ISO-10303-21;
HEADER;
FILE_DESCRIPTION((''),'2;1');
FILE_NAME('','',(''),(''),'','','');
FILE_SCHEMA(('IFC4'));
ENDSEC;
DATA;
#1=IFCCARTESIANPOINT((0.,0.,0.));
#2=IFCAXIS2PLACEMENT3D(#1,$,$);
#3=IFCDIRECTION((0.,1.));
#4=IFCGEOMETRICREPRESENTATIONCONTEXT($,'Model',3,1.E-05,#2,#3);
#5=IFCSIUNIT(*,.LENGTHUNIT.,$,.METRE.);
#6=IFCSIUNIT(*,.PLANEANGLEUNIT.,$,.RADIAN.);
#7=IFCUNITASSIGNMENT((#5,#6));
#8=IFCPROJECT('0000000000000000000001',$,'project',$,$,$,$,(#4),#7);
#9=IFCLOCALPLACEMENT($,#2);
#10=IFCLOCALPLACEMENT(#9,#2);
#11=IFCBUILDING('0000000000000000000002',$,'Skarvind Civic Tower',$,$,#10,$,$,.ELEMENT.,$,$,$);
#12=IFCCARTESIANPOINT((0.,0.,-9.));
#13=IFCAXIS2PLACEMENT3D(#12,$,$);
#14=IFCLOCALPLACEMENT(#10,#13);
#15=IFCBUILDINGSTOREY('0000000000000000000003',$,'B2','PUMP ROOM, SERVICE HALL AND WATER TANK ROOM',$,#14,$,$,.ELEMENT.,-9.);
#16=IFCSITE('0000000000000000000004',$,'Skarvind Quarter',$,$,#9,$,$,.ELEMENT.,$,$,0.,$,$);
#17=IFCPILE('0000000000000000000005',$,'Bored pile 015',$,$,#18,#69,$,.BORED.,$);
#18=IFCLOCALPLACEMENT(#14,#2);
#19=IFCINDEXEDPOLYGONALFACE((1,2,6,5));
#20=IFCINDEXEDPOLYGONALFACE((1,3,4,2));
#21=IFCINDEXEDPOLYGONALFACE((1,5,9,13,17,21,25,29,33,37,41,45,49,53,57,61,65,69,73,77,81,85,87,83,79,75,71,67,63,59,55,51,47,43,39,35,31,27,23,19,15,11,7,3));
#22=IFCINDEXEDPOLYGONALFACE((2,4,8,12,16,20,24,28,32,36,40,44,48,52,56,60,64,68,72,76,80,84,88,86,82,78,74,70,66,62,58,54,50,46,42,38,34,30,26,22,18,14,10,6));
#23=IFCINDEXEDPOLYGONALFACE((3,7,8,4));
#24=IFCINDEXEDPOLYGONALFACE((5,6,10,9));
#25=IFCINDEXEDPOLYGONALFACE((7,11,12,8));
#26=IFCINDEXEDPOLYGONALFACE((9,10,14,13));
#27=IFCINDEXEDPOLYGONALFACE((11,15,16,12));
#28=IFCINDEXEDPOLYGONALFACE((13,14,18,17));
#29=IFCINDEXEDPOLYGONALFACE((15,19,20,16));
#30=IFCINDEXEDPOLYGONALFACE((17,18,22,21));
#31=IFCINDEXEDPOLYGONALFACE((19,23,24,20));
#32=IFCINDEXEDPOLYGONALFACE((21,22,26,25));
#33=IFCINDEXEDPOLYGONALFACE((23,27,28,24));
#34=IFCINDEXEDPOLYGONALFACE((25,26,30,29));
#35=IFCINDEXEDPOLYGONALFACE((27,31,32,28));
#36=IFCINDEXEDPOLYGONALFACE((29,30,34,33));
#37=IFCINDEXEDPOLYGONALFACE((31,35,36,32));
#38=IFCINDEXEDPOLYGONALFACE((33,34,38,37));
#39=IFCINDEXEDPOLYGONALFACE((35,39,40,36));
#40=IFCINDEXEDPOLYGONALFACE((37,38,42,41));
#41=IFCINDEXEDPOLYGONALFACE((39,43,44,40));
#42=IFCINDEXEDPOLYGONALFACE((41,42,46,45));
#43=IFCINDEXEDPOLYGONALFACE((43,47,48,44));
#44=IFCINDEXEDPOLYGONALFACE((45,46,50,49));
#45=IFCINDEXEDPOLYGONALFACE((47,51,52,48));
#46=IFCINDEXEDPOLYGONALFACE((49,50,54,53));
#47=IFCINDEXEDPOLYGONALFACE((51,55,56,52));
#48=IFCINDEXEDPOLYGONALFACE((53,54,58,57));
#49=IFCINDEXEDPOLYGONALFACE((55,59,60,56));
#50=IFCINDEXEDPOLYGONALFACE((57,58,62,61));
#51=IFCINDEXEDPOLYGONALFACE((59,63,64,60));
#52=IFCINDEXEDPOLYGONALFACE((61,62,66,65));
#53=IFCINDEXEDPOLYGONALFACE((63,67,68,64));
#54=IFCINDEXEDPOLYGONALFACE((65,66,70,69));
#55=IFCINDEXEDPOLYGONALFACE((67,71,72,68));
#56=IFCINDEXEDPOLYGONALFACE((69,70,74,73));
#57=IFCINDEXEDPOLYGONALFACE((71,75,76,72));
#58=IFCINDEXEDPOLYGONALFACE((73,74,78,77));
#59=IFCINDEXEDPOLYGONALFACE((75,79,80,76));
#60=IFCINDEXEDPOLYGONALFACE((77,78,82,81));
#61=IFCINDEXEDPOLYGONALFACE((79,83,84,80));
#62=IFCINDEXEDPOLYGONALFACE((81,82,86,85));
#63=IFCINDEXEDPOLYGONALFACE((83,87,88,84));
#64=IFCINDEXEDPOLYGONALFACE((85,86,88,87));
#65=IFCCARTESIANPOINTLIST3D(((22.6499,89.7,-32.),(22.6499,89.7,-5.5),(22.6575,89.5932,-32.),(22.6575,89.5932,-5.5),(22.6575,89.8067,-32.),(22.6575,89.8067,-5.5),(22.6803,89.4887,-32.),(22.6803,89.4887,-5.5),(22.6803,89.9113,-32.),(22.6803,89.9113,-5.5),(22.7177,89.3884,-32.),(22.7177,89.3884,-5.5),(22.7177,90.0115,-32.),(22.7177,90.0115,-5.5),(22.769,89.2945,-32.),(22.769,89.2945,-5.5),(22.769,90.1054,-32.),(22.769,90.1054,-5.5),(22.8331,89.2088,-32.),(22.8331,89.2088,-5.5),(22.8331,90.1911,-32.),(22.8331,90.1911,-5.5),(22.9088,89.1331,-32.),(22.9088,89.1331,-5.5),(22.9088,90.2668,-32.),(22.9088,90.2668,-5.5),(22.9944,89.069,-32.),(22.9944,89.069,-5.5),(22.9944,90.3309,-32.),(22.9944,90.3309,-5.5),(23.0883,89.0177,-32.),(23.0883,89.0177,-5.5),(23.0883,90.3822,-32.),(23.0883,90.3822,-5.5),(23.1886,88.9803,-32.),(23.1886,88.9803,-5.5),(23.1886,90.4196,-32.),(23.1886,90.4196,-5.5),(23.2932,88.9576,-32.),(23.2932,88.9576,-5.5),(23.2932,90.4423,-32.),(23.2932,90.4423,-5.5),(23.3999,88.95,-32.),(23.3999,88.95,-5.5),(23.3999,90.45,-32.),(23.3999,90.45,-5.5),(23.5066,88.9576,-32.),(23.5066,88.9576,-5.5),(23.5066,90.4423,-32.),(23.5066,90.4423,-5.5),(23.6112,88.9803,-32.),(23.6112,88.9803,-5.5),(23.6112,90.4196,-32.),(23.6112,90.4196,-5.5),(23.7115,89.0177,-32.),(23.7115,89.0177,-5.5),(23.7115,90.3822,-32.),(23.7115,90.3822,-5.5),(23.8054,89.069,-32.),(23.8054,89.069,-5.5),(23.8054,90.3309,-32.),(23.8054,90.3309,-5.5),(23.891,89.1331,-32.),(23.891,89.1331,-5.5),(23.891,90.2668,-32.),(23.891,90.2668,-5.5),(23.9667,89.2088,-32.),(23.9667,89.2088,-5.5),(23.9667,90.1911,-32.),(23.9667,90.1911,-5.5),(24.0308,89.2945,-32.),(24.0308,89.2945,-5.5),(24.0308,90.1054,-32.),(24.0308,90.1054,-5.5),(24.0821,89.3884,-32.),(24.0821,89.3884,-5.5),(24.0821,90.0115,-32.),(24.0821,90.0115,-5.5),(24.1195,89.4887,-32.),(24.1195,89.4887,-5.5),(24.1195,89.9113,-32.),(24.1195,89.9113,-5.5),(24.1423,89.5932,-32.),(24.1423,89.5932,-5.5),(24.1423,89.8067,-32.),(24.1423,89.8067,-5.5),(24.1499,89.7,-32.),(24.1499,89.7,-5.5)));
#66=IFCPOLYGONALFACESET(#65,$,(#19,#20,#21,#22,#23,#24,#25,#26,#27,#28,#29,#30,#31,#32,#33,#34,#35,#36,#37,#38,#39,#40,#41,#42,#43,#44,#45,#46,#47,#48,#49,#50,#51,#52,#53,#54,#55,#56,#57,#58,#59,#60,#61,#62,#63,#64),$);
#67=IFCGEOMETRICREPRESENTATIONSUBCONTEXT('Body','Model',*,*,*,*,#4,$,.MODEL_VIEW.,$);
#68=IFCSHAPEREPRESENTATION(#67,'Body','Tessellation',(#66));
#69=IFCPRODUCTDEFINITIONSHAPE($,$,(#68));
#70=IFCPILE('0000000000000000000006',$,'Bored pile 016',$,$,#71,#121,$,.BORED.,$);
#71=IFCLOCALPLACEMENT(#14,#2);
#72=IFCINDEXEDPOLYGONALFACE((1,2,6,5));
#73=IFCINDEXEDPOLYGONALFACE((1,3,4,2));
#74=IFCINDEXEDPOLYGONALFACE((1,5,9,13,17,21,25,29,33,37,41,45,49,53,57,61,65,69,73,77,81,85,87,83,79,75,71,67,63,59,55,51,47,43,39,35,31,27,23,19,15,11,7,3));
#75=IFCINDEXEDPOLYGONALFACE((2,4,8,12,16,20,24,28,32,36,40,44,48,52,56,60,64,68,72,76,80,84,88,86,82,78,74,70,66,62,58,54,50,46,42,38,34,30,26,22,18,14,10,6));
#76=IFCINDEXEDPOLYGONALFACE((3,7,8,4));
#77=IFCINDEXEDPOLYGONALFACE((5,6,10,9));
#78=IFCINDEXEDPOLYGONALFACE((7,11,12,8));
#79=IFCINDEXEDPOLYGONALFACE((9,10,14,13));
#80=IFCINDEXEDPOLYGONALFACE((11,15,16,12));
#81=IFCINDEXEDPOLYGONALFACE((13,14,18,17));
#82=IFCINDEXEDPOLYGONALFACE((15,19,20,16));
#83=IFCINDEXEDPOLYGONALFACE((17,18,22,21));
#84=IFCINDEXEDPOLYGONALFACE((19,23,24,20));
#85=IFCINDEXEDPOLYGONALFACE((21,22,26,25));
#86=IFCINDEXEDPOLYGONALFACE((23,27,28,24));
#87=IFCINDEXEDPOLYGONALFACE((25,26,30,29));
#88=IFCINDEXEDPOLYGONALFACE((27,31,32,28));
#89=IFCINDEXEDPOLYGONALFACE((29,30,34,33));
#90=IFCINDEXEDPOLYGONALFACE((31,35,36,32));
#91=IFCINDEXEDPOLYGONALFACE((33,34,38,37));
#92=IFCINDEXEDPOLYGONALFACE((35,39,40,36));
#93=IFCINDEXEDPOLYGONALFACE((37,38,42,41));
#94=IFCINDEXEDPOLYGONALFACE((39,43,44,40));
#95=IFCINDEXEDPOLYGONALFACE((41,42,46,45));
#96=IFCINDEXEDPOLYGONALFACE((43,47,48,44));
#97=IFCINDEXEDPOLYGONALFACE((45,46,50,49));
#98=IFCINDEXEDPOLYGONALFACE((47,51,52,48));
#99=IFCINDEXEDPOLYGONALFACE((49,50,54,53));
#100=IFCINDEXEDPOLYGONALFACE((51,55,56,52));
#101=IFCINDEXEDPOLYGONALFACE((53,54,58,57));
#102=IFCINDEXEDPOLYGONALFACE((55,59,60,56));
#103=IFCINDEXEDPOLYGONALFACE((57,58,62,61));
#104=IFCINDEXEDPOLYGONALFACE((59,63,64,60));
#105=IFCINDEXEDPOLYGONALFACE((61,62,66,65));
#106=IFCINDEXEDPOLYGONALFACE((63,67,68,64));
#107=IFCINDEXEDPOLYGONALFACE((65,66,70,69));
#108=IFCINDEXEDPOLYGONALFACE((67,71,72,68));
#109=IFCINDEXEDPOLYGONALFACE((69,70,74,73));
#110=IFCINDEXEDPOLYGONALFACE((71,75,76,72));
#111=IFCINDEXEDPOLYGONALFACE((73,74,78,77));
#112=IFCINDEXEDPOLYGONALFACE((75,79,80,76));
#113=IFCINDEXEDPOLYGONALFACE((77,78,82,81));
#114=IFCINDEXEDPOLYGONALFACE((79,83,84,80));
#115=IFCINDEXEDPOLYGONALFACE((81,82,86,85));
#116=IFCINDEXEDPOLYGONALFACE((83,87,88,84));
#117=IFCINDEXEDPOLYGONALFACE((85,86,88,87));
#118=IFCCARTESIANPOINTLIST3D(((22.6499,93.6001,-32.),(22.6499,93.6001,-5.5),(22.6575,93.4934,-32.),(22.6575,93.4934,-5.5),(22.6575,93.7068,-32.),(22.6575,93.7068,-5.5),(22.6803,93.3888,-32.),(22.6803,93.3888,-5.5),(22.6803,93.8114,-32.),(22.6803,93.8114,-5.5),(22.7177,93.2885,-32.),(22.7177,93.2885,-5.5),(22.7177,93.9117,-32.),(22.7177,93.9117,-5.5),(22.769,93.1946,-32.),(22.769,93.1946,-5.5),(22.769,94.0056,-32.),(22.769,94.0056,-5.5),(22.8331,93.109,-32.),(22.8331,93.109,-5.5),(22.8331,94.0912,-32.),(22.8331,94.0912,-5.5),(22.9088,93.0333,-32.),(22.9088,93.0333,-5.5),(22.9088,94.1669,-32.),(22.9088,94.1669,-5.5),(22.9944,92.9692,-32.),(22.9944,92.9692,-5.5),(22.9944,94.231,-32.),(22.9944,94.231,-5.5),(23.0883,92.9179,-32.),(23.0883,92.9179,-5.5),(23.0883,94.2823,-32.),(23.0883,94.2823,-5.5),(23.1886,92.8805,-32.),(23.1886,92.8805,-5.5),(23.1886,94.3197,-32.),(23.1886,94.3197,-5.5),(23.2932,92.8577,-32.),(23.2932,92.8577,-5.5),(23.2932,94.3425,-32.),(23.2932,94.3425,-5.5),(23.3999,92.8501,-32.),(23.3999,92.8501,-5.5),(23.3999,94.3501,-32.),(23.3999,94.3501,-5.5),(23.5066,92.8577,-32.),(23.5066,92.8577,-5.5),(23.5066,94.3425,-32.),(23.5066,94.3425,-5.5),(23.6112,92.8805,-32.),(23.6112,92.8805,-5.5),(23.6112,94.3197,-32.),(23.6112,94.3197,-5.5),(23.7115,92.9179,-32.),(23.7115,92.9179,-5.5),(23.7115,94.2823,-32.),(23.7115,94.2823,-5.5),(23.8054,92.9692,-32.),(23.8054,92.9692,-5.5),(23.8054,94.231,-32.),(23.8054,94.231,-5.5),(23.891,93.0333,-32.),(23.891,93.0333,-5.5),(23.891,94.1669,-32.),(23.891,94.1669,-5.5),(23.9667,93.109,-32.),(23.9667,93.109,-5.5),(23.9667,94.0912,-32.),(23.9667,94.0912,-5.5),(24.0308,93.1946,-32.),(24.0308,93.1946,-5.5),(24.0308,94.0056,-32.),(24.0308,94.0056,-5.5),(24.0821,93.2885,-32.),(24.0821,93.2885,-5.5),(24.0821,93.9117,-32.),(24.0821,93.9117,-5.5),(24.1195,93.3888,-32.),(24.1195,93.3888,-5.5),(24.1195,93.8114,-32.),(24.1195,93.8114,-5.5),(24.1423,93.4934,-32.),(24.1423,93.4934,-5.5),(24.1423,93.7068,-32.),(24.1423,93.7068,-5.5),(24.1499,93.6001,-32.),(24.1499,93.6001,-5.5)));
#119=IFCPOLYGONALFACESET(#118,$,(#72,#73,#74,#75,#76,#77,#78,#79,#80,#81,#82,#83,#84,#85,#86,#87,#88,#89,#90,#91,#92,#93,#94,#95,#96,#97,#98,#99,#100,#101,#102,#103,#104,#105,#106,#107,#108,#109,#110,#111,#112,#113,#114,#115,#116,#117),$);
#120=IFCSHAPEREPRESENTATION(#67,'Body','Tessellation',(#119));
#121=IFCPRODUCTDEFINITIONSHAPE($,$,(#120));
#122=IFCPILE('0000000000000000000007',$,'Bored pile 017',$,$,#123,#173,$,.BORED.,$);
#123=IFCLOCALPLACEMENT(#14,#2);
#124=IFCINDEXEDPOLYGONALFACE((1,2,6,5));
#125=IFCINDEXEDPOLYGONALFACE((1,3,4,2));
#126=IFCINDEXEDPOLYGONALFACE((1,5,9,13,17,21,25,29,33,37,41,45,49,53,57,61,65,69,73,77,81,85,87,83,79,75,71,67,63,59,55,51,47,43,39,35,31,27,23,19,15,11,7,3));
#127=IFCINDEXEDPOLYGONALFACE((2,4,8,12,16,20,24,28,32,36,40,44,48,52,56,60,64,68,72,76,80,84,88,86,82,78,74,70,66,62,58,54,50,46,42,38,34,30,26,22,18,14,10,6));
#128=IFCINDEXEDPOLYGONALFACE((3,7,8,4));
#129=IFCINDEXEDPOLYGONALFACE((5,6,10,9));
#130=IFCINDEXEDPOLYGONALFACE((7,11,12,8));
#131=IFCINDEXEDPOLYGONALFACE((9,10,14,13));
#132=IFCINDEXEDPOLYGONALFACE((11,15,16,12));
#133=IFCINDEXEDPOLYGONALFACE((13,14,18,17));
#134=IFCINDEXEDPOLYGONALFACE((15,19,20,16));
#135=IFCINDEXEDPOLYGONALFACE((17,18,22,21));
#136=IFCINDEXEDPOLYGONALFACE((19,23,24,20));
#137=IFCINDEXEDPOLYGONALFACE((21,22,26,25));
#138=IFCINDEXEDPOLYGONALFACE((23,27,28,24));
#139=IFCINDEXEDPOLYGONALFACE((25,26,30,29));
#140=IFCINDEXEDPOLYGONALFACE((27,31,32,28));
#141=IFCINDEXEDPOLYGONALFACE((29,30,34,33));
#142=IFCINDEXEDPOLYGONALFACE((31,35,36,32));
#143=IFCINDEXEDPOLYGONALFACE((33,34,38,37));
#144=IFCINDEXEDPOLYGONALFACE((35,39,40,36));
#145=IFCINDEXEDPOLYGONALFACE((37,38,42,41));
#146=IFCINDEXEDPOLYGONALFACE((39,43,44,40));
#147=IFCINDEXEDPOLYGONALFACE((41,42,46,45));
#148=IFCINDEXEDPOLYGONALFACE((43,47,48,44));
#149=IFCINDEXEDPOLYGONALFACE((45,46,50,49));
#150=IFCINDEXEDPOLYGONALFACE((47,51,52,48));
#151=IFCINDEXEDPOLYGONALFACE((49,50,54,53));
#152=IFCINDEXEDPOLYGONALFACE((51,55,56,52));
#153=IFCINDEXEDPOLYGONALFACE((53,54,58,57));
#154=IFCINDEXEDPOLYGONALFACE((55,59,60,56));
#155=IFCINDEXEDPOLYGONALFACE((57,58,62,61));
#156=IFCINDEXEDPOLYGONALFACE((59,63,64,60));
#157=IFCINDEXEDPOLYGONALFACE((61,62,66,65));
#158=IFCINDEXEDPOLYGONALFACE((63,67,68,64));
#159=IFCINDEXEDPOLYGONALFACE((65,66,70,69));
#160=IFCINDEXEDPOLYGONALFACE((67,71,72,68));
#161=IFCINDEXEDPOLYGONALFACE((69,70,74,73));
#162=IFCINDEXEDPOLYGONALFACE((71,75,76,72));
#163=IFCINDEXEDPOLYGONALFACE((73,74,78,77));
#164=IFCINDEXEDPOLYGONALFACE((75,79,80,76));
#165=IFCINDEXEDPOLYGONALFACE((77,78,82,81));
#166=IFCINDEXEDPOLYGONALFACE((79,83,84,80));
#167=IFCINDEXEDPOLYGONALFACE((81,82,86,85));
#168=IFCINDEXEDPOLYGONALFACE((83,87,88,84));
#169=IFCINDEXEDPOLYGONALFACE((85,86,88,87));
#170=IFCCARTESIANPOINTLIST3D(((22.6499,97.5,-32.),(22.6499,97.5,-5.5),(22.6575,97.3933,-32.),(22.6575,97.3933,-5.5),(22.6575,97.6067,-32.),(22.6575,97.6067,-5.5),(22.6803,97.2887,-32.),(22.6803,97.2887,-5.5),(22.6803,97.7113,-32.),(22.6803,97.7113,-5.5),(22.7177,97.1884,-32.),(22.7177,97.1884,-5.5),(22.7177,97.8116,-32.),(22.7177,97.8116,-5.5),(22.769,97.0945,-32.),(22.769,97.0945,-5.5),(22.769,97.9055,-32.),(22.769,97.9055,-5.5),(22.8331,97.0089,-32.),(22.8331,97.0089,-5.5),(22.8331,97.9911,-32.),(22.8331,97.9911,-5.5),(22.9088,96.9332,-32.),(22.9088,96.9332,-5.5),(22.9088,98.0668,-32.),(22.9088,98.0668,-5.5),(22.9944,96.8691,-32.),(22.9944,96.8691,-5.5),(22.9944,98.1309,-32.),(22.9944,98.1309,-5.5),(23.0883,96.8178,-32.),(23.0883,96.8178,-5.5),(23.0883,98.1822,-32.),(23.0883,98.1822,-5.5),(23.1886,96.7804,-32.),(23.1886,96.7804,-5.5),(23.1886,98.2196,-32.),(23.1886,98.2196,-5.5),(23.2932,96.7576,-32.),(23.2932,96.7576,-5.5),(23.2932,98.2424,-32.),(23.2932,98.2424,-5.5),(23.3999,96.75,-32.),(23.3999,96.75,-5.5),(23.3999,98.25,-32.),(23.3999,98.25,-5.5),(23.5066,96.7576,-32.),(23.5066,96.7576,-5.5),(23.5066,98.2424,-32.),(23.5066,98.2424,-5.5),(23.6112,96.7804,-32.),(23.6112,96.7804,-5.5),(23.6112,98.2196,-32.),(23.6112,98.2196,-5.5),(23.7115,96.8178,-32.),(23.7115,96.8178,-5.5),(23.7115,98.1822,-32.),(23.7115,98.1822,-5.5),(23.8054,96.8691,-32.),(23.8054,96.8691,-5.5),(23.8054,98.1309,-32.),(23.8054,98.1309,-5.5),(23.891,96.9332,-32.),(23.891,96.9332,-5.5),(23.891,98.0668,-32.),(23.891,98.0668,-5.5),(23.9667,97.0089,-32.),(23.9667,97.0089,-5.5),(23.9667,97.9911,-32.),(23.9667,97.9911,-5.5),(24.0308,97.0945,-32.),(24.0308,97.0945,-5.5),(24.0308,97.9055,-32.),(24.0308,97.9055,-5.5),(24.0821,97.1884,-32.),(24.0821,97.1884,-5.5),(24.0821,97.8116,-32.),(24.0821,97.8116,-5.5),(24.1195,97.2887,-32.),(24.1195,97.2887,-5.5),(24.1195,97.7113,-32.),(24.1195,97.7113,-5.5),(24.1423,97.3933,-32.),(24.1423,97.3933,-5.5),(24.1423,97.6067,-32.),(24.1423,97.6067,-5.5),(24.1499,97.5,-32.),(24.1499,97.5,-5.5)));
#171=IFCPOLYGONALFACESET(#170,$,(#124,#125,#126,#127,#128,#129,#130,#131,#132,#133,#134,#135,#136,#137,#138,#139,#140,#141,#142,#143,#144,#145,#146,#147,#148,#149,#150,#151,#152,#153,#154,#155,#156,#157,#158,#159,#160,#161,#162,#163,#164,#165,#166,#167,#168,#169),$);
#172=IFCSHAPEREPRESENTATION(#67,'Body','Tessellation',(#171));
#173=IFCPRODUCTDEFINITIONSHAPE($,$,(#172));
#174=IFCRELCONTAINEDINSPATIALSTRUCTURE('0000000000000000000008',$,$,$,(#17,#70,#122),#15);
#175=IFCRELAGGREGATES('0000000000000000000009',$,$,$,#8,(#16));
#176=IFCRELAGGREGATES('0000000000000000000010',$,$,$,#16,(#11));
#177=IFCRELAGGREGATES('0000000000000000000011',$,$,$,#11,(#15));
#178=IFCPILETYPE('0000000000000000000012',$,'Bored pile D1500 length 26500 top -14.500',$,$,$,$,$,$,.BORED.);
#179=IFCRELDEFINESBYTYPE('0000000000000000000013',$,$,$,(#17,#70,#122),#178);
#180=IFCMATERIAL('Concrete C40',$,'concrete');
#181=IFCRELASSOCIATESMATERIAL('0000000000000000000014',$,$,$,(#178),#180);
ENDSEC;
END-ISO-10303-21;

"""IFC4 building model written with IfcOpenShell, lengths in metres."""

from ifc_helpers import new_model, si_unit, direction, frame, origin, origin_2d, place, context, subcontext, project, spatial, circle, extrude, material, type_object, element, save


model = new_model("IFC4")

# Units and contexts
model_context = context("Model", 3, precision=1e-05, world=origin(), true_north=direction((0.0, 1.0)))
body_context = subcontext(model_context, "Body", "Model", "MODEL_VIEW")
ifc_project = project(units=[si_unit("LENGTHUNIT", "METRE"), si_unit("PLANEANGLEUNIT", "RADIAN")], contexts=[model_context])

# Site, building, storey
site_placement = place(None, origin())
site = spatial("IfcSite", under=ifc_project, at=site_placement, Name="Skarvind Quarter", CompositionType="ELEMENT", RefElevation=0.0)
building_placement = place(site_placement, origin())
building = spatial("IfcBuilding", under=site, at=building_placement, Name="Skarvind Civic Tower", CompositionType="ELEMENT")
storey_placement = place(building_placement, frame((0.0, 0.0, -9.0)))
storey = spatial("IfcBuildingStorey", under=building, at=storey_placement, Name="B2", Description="PUMP ROOM, SERVICE HALL AND WATER TANK ROOM", CompositionType="ELEMENT", Elevation=-9.0)

# Piles
ifc_material_1 = material(Name="Concrete C40", Category="concrete")
pile_type_1 = type_object("IfcPileType", Name="Bored pile D1500 length 26500 top -14.500", PredefinedType="BORED", material=ifc_material_1)
for number, where, z_axis, x_axis, name in (
    (1, (23.3999, 89.7, -5.5), (0.0, 0.0, -1.0), (1.0, 0.0, 0.0), "Bored pile 015"),
    (2, (23.3999, 93.6001, -5.5), (0.0, 0.0, -1.0), (1.0, 0.0, 0.0), "Bored pile 016"),
    (3, (23.3999, 97.5, -5.5), (0.0, 0.0, -1.0), (1.0, 0.0, 0.0), "Bored pile 017"),
):
    element("IfcPile", number, at=place(storey_placement, frame(where, z_axis=z_axis, x_axis=x_axis)), inside=storey, type_object=pile_type_1, Name=name, PredefinedType="BORED", context=body_context, shape_type="SweptSolid", body=[
        extrude(circle(Radius=0.75, at=origin_2d()), origin(), (0.0, 0.0, 1.0), 26.5),
    ])

save(model, "model.ifc")
